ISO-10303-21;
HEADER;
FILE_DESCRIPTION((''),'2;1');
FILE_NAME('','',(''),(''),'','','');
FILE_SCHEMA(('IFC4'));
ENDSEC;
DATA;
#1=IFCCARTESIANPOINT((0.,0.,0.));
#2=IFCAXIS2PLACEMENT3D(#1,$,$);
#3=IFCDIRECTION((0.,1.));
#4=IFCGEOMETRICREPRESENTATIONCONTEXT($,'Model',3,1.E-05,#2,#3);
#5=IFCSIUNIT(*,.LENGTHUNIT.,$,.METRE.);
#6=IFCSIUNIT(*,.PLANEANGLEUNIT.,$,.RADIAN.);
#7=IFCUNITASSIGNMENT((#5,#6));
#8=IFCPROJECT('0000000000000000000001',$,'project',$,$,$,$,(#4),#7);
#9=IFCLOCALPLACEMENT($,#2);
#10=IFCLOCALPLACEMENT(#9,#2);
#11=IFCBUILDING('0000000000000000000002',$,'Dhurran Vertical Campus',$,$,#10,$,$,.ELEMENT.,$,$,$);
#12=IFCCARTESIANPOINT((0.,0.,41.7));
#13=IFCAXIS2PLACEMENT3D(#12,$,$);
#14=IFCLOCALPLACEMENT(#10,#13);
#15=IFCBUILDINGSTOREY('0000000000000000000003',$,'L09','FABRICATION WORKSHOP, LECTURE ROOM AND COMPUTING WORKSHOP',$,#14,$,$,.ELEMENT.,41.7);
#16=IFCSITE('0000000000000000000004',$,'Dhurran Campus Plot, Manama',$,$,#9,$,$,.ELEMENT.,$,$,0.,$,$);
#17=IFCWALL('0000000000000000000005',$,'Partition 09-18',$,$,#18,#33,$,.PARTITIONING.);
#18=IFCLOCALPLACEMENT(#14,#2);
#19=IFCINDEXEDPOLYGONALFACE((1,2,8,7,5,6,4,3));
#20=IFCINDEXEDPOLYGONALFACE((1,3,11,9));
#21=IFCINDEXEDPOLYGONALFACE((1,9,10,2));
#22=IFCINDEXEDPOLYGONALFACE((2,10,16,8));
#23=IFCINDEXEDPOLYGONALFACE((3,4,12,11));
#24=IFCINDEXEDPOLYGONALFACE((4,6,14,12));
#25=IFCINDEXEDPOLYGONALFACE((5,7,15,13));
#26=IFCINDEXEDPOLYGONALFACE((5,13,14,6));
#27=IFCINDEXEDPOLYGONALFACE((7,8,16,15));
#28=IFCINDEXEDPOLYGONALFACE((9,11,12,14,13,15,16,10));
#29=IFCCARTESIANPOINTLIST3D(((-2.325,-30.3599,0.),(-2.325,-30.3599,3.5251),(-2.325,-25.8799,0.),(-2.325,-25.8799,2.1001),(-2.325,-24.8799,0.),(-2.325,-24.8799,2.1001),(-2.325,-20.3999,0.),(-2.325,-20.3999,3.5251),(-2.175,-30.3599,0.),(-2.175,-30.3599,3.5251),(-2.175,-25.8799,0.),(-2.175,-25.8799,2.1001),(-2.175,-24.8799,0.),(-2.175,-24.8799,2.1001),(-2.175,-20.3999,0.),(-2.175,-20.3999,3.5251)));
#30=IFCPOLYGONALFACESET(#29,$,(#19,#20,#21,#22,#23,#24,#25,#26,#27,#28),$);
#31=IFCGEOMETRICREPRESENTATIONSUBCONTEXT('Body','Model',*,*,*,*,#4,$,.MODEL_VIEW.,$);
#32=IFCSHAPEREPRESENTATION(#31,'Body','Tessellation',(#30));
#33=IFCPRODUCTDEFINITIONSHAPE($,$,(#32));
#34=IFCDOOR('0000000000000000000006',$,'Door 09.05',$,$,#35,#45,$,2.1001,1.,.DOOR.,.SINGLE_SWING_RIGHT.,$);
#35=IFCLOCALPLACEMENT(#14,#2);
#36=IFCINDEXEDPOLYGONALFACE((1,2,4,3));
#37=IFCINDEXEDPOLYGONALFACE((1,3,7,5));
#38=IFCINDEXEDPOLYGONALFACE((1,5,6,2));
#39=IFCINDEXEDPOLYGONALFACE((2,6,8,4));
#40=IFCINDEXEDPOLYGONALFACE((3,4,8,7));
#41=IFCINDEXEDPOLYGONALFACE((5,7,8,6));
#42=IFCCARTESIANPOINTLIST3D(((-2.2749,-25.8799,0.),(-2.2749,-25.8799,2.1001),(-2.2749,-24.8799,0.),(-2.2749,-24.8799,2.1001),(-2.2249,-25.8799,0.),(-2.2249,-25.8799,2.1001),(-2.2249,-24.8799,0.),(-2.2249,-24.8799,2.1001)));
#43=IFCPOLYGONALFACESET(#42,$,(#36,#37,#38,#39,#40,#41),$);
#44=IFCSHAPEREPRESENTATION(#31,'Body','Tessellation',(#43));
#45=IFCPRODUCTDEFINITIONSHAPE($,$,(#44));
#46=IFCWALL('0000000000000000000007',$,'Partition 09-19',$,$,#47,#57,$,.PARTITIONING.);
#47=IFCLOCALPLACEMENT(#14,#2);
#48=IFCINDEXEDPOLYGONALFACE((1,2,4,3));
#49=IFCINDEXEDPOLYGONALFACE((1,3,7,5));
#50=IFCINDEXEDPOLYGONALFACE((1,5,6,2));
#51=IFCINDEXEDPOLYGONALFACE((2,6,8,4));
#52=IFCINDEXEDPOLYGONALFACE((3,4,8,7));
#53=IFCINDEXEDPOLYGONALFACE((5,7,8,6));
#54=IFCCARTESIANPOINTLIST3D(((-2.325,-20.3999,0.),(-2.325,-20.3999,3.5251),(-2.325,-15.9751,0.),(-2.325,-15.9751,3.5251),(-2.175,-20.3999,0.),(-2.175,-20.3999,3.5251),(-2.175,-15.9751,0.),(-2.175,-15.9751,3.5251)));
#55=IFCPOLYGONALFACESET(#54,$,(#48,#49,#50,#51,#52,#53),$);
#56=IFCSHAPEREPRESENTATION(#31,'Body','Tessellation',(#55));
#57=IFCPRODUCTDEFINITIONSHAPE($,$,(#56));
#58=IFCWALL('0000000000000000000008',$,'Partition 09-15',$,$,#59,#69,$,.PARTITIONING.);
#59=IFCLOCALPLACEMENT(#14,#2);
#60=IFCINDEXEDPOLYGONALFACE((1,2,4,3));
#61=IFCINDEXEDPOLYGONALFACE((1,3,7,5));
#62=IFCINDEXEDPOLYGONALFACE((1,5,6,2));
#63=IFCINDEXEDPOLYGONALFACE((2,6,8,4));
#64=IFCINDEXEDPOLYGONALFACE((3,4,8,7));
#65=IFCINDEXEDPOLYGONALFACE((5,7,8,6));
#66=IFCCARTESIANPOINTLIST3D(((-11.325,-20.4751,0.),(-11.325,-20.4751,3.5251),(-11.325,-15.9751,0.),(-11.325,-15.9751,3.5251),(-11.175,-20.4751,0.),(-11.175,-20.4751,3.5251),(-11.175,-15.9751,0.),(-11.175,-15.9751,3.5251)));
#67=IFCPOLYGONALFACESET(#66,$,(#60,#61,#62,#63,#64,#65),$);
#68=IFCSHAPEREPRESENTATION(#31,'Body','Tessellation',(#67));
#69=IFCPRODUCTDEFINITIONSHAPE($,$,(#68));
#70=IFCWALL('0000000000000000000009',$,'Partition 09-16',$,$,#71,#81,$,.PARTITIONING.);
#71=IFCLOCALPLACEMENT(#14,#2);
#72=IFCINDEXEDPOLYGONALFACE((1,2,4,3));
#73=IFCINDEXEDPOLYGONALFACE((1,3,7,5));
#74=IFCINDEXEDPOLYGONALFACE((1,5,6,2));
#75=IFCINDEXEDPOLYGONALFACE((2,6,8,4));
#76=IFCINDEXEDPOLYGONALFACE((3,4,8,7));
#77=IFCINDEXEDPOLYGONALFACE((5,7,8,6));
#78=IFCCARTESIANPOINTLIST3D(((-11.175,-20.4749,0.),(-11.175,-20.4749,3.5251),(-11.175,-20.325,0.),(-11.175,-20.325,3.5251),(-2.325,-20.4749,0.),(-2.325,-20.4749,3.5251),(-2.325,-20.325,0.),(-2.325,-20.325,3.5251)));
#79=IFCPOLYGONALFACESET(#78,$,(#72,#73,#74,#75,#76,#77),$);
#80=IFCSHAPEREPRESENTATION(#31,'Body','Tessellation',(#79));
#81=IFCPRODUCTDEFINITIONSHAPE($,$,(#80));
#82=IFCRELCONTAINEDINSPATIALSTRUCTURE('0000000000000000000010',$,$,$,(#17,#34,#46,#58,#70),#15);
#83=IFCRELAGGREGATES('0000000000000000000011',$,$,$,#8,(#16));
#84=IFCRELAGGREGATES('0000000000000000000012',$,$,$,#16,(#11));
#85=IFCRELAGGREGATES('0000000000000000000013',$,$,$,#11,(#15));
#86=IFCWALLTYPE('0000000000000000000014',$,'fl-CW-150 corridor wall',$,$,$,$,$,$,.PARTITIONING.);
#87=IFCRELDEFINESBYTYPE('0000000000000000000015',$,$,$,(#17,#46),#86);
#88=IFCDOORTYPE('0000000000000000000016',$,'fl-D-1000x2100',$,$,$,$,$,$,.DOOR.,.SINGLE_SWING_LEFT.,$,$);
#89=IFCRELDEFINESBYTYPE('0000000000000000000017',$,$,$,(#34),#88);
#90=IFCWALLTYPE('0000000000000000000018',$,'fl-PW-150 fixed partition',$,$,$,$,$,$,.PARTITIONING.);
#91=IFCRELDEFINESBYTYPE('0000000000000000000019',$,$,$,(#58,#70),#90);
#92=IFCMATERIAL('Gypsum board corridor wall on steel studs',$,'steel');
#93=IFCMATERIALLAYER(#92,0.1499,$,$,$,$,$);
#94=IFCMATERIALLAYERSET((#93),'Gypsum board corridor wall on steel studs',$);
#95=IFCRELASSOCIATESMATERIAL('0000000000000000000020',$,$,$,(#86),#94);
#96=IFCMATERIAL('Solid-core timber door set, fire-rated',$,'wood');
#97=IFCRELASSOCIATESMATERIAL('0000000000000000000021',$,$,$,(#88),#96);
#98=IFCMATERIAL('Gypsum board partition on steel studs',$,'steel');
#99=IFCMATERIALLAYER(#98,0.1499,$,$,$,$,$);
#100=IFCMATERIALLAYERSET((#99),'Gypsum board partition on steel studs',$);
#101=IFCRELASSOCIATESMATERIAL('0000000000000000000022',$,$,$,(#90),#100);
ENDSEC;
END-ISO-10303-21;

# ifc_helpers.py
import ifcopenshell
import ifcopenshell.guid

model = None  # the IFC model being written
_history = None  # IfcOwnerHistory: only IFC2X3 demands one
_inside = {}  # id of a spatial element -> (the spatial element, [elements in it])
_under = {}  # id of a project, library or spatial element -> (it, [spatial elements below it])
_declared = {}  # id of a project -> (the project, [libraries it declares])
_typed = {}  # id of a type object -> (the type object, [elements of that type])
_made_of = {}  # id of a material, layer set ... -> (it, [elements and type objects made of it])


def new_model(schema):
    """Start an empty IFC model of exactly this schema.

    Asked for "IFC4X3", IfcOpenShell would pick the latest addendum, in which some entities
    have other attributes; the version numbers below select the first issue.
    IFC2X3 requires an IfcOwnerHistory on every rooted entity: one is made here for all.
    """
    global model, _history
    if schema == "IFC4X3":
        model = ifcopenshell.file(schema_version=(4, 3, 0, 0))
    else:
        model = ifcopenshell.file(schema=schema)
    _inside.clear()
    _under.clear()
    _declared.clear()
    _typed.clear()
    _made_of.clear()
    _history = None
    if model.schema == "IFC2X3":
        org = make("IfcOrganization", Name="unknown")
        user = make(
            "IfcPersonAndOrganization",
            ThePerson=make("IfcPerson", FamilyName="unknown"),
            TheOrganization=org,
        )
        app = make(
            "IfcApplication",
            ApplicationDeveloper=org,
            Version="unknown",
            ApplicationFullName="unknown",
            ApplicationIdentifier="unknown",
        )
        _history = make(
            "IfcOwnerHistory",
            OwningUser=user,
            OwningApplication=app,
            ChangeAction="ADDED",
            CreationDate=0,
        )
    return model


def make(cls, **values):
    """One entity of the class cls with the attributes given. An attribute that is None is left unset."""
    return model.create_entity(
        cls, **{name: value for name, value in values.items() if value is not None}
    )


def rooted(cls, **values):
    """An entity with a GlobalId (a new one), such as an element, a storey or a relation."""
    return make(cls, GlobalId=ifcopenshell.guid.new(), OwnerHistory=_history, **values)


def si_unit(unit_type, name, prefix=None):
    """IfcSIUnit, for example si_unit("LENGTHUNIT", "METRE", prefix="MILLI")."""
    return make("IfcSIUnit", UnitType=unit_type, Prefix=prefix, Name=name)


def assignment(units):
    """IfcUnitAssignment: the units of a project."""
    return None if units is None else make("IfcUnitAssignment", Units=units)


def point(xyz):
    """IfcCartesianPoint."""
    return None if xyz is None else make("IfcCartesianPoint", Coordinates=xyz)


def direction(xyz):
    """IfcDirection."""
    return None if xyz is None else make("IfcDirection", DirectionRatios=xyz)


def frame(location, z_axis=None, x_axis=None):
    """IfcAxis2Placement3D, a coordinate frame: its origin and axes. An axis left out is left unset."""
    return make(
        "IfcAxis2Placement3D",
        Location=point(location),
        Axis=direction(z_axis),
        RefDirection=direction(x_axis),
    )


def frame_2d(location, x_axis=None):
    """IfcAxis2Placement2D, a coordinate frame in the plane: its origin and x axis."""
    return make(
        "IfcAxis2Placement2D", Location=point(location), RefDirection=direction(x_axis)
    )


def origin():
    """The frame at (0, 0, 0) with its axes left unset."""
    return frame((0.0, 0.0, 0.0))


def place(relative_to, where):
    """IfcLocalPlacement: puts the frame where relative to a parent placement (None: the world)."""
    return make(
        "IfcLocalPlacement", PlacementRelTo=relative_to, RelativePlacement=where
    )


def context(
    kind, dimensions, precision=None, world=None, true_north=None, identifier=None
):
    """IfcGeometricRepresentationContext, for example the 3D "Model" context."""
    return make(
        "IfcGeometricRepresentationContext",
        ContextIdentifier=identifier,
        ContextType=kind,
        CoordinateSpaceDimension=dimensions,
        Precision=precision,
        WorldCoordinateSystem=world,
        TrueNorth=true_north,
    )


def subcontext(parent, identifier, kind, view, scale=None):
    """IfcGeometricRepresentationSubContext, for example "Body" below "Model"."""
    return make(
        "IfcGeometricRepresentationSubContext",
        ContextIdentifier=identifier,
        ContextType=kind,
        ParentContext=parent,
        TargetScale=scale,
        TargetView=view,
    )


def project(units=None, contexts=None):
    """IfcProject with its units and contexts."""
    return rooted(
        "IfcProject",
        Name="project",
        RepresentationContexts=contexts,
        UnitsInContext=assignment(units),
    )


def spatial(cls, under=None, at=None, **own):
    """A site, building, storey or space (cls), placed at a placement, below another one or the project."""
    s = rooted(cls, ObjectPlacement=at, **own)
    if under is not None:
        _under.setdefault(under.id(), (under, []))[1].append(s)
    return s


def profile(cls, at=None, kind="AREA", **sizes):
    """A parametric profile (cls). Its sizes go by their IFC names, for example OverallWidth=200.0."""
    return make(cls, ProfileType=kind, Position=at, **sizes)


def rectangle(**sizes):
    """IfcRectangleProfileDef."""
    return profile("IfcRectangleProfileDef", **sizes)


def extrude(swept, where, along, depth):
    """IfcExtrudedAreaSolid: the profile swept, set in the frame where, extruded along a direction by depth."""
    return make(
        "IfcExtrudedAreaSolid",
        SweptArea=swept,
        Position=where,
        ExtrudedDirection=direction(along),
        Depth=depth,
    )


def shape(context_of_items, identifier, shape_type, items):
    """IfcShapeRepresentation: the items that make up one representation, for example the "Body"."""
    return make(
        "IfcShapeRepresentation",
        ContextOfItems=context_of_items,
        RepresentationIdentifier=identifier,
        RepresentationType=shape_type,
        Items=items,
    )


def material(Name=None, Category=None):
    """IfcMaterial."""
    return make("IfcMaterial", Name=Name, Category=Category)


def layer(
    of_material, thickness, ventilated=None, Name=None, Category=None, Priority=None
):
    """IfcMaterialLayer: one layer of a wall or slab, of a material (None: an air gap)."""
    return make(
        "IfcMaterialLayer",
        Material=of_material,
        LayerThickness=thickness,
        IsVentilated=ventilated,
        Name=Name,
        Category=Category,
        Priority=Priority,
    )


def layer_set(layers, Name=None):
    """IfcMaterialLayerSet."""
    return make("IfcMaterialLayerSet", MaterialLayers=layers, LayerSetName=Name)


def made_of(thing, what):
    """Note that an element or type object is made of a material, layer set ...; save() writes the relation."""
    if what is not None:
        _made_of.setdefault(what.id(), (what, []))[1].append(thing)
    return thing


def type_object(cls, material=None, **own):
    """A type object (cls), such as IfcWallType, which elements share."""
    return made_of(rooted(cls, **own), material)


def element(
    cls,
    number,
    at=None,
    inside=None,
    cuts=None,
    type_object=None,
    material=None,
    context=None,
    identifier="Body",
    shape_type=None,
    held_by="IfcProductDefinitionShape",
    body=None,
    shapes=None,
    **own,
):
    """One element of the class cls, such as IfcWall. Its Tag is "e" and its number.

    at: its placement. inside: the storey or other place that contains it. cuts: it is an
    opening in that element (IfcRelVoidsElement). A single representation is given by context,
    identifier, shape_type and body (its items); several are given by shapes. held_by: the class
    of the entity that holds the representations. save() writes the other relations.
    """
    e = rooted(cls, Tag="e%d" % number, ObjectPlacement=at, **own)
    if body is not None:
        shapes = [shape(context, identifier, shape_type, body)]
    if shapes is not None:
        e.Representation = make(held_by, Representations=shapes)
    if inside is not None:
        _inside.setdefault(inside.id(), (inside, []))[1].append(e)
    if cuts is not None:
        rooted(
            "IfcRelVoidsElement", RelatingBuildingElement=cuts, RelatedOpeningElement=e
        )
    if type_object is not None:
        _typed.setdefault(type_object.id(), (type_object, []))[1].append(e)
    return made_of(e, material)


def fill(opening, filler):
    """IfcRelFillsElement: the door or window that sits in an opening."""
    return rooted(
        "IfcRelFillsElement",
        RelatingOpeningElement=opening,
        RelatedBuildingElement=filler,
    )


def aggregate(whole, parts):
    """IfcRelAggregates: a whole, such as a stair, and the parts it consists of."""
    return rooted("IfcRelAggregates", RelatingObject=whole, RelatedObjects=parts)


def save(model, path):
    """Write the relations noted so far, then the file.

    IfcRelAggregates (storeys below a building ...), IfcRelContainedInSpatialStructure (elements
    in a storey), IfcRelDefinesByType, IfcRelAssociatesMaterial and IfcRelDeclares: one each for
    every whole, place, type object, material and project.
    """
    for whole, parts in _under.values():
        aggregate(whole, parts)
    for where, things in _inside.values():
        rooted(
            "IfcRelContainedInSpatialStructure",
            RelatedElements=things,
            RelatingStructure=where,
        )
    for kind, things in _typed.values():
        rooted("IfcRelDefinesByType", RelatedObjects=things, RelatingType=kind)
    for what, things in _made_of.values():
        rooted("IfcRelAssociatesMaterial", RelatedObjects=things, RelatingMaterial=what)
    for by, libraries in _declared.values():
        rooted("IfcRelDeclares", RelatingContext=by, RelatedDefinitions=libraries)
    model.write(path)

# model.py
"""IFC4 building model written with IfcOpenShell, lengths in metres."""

from ifc_helpers import new_model, si_unit, direction, frame, frame_2d, origin, place, context, subcontext, project, spatial, rectangle, extrude, material, layer, layer_set, type_object, element, fill, save


model = new_model("IFC4")

# Units and contexts
model_context = context("Model", 3, precision=1e-05, world=origin(), true_north=direction((0.0, 1.0)))
body_context = subcontext(model_context, "Body", "Model", "MODEL_VIEW")
ifc_project = project(units=[si_unit("LENGTHUNIT", "METRE"), si_unit("PLANEANGLEUNIT", "RADIAN")], contexts=[model_context])

# Site, building, storey
site_placement = place(None, origin())
site = spatial("IfcSite", under=ifc_project, at=site_placement, Name="Dhurran Campus Plot, Manama", CompositionType="ELEMENT", RefElevation=0.0)
building_placement = place(site_placement, origin())
building = spatial("IfcBuilding", under=site, at=building_placement, Name="Dhurran Vertical Campus", CompositionType="ELEMENT")
storey_placement = place(building_placement, frame((0.0, 0.0, 41.7)))
storey = spatial("IfcBuildingStorey", under=building, at=storey_placement, Name="L09", Description="FABRICATION WORKSHOP, LECTURE ROOM AND COMPUTING WORKSHOP", CompositionType="ELEMENT", Elevation=41.7)

# Wall, opening, door
ifc_material_1 = material(Name="Gypsum board corridor wall on steel studs", Category="steel")
ifc_layer_1 = layer(ifc_material_1, 0.1499)
ifc_layer_set_1 = layer_set([ifc_layer_1], Name="Gypsum board corridor wall on steel studs")
wall_type_1 = type_object("IfcWallType", Name="fl-CW-150 corridor wall", PredefinedType="PARTITIONING", material=ifc_layer_set_1)
ifc_material_2 = material(Name="Solid-core timber door set, fire-rated", Category="wood")
door_type_1 = type_object("IfcDoorType", Name="fl-D-1000x2100", OperationType="SINGLE_SWING_LEFT", PredefinedType="DOOR", material=ifc_material_2)
wall_1_placement = place(storey_placement, frame((-2.25, -30.3599, 0.0), z_axis=(0.0, 0.0, 1.0), x_axis=(0.0, 1.0, 0.0)))
wall_1 = element("IfcWall", 1, at=wall_1_placement, inside=storey, type_object=wall_type_1, Name="Partition 09-18", PredefinedType="PARTITIONING", context=body_context, shape_type="SweptSolid", body=[
    extrude(rectangle(XDim=9.96, YDim=0.1499, at=frame_2d((4.98, 0.0))), origin(), (0.0, 0.0, 1.0), 3.5251),
])
opening_1_placement = place(wall_1_placement, frame((4.48, 0.0, 0.0)))
opening_1 = element("IfcOpeningElement", 2, at=opening_1_placement, cuts=wall_1, PredefinedType="OPENING", context=body_context, shape_type="SweptSolid", body=[
    extrude(rectangle(XDim=1.0, YDim=2.1001, at=frame_2d((0.5, 1.05))), frame((0.0, 0.085, 0.0), z_axis=(0.0, -1.0, 0.0), x_axis=(1.0, 0.0, 0.0)), (0.0, 0.0, 1.0), 0.1699),
])
door_1_placement = place(opening_1_placement, origin())
door_1 = element("IfcDoor", 3, at=door_1_placement, inside=storey, type_object=door_type_1, Name="Door 09.05", OperationType="SINGLE_SWING_RIGHT", OverallHeight=2.1001, OverallWidth=1.0, PredefinedType="DOOR", context=body_context, shape_type="SweptSolid", body=[
    extrude(rectangle(XDim=1.0, YDim=2.1001, at=frame_2d((0.5, 1.05))), frame((0.0, 0.0249, 0.0), z_axis=(0.0, -1.0, 0.0), x_axis=(1.0, 0.0, 0.0)), (0.0, 0.0, 1.0), 0.05),
])
fill(opening_1, door_1)

# Walls
wall_2_placement = place(storey_placement, frame((-2.25, -20.3999, 0.0), z_axis=(0.0, 0.0, 1.0), x_axis=(0.0, 1.0, 0.0)))
element("IfcWall", 4, at=wall_2_placement, inside=storey, type_object=wall_type_1, Name="Partition 09-19", PredefinedType="PARTITIONING", context=body_context, shape_type="SweptSolid", body=[
    extrude(rectangle(XDim=4.4248, YDim=0.1499, at=frame_2d((2.2124, 0.0))), origin(), (0.0, 0.0, 1.0), 3.5251),
])
ifc_material_3 = material(Name="Gypsum board partition on steel studs", Category="steel")
ifc_layer_2 = layer(ifc_material_3, 0.1499)
ifc_layer_set_2 = layer_set([ifc_layer_2], Name="Gypsum board partition on steel studs")
wall_type_2 = type_object("IfcWallType", Name="fl-PW-150 fixed partition", PredefinedType="PARTITIONING", material=ifc_layer_set_2)
wall_3_placement = place(storey_placement, frame((-11.25, -15.9751, 0.0), z_axis=(0.0, 0.0, 1.0), x_axis=(0.0, -1.0, 0.0)))
element("IfcWall", 5, at=wall_3_placement, inside=storey, type_object=wall_type_2, Name="Partition 09-15", PredefinedType="PARTITIONING", context=body_context, shape_type="SweptSolid", body=[
    extrude(rectangle(XDim=4.5, YDim=0.1499, at=frame_2d((2.25, 0.0))), origin(), (0.0, 0.0, 1.0), 3.5251),
])
wall_4_placement = place(storey_placement, frame((-11.175, -20.3999, 0.0), z_axis=(0.0, 0.0, 1.0), x_axis=(1.0, 0.0, 0.0)))
element("IfcWall", 6, at=wall_4_placement, inside=storey, type_object=wall_type_2, Name="Partition 09-16", PredefinedType="PARTITIONING", context=body_context, shape_type="SweptSolid", body=[
    extrude(rectangle(XDim=8.8501, YDim=0.1499, at=frame_2d((4.425, 0.0))), origin(), (0.0, 0.0, 1.0), 3.5251),
])

save(model, "model.ifc")
